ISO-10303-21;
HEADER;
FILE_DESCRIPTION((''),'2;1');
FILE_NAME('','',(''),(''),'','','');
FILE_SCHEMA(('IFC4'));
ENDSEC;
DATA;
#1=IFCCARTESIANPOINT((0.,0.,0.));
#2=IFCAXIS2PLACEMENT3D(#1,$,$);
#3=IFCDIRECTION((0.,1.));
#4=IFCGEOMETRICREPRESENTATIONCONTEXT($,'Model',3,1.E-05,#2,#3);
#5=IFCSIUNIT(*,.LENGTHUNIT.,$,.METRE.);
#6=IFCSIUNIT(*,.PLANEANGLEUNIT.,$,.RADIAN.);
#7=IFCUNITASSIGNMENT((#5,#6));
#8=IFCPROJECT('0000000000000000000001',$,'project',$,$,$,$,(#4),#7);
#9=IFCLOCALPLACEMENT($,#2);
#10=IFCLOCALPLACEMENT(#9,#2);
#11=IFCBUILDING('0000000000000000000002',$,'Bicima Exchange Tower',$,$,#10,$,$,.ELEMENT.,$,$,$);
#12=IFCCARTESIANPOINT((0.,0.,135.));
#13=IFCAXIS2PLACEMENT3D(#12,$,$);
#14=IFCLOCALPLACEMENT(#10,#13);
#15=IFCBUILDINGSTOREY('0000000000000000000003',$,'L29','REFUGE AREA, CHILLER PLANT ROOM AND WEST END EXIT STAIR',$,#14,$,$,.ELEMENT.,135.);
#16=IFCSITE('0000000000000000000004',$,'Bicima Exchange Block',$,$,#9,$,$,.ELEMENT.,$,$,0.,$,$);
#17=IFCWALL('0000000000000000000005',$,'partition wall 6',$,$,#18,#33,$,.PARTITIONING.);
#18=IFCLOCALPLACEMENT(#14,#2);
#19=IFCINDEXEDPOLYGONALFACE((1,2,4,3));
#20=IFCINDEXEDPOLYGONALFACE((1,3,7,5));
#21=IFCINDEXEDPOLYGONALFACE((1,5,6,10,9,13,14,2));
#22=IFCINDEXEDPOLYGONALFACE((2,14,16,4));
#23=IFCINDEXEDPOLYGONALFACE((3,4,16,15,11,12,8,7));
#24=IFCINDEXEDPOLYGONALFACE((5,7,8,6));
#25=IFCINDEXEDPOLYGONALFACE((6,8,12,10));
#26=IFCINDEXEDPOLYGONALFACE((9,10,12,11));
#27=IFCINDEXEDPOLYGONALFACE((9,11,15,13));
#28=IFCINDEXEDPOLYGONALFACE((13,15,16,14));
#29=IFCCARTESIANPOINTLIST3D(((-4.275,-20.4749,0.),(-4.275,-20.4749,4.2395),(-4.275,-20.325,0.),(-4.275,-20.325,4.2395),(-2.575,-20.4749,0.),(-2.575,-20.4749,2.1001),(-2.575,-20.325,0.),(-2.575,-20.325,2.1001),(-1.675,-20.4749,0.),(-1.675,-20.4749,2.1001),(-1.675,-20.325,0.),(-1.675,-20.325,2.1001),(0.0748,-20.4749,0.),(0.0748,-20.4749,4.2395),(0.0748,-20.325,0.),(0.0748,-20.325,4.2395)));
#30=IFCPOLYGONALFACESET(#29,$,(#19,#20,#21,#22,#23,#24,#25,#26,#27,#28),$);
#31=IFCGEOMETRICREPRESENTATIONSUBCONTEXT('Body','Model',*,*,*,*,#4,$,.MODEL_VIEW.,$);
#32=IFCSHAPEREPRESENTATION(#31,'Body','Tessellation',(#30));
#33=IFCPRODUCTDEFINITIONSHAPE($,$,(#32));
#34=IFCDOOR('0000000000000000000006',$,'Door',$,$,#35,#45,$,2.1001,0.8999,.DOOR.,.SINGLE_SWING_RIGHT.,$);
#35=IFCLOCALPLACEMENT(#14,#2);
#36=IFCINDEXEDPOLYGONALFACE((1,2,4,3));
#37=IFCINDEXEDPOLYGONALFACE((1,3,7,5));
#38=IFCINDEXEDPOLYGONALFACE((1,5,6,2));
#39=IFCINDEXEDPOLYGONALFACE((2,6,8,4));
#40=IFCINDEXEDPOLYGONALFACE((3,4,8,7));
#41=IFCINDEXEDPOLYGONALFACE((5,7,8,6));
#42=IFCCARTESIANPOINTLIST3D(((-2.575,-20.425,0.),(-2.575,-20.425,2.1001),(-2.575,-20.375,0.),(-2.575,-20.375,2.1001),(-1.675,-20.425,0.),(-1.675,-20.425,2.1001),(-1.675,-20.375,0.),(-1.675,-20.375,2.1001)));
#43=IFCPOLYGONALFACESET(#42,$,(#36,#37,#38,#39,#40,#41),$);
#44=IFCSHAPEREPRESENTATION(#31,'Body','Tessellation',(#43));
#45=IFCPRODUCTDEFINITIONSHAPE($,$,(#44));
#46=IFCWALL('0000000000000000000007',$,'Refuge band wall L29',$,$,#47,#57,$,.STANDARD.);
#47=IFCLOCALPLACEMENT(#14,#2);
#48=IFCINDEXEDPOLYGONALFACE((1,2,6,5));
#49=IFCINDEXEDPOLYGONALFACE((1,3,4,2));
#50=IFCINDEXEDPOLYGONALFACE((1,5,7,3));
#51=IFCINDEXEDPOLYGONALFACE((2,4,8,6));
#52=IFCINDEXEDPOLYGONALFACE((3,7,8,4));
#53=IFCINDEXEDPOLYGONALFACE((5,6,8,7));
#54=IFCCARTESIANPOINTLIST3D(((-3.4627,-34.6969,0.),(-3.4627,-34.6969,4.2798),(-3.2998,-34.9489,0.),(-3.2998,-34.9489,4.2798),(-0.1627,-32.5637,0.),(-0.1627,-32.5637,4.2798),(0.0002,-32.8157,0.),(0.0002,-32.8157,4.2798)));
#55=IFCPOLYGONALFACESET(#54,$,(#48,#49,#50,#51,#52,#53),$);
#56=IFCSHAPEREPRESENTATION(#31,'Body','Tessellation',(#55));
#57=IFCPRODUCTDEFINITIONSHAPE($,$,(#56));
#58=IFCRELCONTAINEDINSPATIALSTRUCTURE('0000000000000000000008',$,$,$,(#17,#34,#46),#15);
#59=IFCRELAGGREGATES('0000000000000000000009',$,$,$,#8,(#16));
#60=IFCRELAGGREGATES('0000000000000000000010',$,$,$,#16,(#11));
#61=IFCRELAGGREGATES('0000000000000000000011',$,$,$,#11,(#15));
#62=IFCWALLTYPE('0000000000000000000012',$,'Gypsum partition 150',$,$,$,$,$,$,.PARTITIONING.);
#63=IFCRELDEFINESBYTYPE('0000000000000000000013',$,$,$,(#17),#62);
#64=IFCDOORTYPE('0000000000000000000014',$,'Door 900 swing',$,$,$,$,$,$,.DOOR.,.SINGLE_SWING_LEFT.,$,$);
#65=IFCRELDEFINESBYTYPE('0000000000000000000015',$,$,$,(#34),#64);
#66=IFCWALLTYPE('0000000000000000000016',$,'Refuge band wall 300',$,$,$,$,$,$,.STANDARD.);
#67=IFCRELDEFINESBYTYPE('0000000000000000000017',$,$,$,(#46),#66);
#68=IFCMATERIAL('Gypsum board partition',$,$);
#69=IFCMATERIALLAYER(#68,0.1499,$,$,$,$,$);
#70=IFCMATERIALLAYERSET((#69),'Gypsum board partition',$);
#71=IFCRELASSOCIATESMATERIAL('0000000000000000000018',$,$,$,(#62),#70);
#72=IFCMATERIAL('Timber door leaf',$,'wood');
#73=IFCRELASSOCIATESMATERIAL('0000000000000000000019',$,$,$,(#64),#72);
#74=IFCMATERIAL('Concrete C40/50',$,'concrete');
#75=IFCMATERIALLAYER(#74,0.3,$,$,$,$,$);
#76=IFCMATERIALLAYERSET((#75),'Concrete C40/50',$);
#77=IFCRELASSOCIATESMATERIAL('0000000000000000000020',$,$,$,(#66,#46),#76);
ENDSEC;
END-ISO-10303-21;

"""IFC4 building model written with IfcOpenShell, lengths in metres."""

from ifc_helpers import new_model, si_unit, direction, frame, frame_2d, origin, place, context, subcontext, project, spatial, rectangle, extrude, material, layer, layer_set, layer_usage, type_object, element, fill, save


model = new_model("IFC4")

# Units and contexts
model_context = context("Model", 3, precision=1e-05, world=origin(), true_north=direction((0.0, 1.0)))
body_context = subcontext(model_context, "Body", "Model", "MODEL_VIEW")
ifc_project = project(units=[si_unit("LENGTHUNIT", "METRE"), si_unit("PLANEANGLEUNIT", "RADIAN")], contexts=[model_context])

# Site, building, storey
site_placement = place(None, origin())
site = spatial("IfcSite", under=ifc_project, at=site_placement, Name="Bicima Exchange Block", CompositionType="ELEMENT", RefElevation=0.0)
building_placement = place(site_placement, origin())
building = spatial("IfcBuilding", under=site, at=building_placement, Name="Bicima Exchange Tower", CompositionType="ELEMENT")
storey_placement = place(building_placement, frame((0.0, 0.0, 135.0)))
storey = spatial("IfcBuildingStorey", under=building, at=storey_placement, Name="L29", Description="REFUGE AREA, CHILLER PLANT ROOM AND WEST END EXIT STAIR", CompositionType="ELEMENT", Elevation=135.0)

# Shared definitions
ifc_material_1 = material(Name="Gypsum board partition")
ifc_layer_1 = layer(ifc_material_1, 0.1499)
ifc_layer_set_1 = layer_set([ifc_layer_1], Name="Gypsum board partition")
wall_type_1 = type_object("IfcWallType", Name="Gypsum partition 150", PredefinedType="PARTITIONING", material=ifc_layer_set_1)

# Wall, opening, door
ifc_material_2 = material(Name="Timber door leaf", Category="wood")
door_type = type_object("IfcDoorType", Name="Door 900 swing", OperationType="SINGLE_SWING_LEFT", PredefinedType="DOOR", material=ifc_material_2)
wall_1_placement = place(storey_placement, frame((-4.2749, -20.3999, 0.0), z_axis=(0.0, 0.0, 1.0), x_axis=(1.0, 0.0, 0.0)))
wall_1 = element("IfcWall", 1, at=wall_1_placement, inside=storey, type_object=wall_type_1, Name="partition wall 6", PredefinedType="PARTITIONING", context=body_context, shape_type="SweptSolid", body=[
    extrude(rectangle(XDim=4.3499, YDim=0.1499, at=frame_2d((2.1748, 0.0))), origin(), (0.0, 0.0, 1.0), 4.2395),
])
opening_1_placement = place(wall_1_placement, frame((1.7, 0.0, 0.0)))
opening_1 = element("IfcOpeningElement", 2, at=opening_1_placement, cuts=wall_1, PredefinedType="OPENING", context=body_context, shape_type="SweptSolid", body=[
    extrude(rectangle(XDim=0.8999, YDim=2.1001, at=frame_2d((0.45, 1.05))), frame((0.0, 0.0869, 0.0), z_axis=(0.0, -1.0, 0.0), x_axis=(1.0, 0.0, 0.0)), (0.0, 0.0, 1.0), 0.1738),
])
door_1_placement = place(opening_1_placement, origin())
door_1 = element("IfcDoor", 3, at=door_1_placement, inside=storey, type_object=door_type, Name="Door", OperationType="SINGLE_SWING_RIGHT", OverallHeight=2.1001, OverallWidth=0.8999, PredefinedType="DOOR", context=body_context, shape_type="SweptSolid", body=[
    extrude(rectangle(XDim=0.8999, YDim=2.1001, at=frame_2d((0.45, 1.05))), frame((0.0, 0.0249, 0.0), z_axis=(0.0, -1.0, 0.0), x_axis=(1.0, 0.0, 0.0)), (0.0, 0.0, 1.0), 0.05),
])
fill(opening_1, door_1)

# Wall
ifc_material_3 = material(Name="Concrete C40/50", Category="concrete")
ifc_layer_2 = layer(ifc_material_3, 0.3)
ifc_layer_set_2 = layer_set([ifc_layer_2], Name="Concrete C40/50")
ifc_layer_usage = layer_usage(ifc_layer_set_2, "AXIS2", "POSITIVE", -0.15)
wall_type_2 = type_object("IfcWallType", Name="Refuge band wall 300", PredefinedType="STANDARD", material=ifc_layer_set_2)
wall_2_placement = place(storey_placement, frame((-3.3813, -34.823, 0.0), z_axis=(0.0, 0.0, 1.0), x_axis=(0.839805, 0.542888, 0.0)))
element("IfcWall", 4, at=wall_2_placement, inside=storey, type_object=wall_type_2, material=ifc_layer_usage, Name="Refuge band wall L29", PredefinedType="STANDARD", context=body_context, shape_type="SweptSolid", body=[
    extrude(rectangle(XDim=3.9294, YDim=0.3, at=frame_2d((1.9648, 0.0))), origin(), (0.0, 0.0, 1.0), 4.2798),
])

save(model, "model.ifc")
